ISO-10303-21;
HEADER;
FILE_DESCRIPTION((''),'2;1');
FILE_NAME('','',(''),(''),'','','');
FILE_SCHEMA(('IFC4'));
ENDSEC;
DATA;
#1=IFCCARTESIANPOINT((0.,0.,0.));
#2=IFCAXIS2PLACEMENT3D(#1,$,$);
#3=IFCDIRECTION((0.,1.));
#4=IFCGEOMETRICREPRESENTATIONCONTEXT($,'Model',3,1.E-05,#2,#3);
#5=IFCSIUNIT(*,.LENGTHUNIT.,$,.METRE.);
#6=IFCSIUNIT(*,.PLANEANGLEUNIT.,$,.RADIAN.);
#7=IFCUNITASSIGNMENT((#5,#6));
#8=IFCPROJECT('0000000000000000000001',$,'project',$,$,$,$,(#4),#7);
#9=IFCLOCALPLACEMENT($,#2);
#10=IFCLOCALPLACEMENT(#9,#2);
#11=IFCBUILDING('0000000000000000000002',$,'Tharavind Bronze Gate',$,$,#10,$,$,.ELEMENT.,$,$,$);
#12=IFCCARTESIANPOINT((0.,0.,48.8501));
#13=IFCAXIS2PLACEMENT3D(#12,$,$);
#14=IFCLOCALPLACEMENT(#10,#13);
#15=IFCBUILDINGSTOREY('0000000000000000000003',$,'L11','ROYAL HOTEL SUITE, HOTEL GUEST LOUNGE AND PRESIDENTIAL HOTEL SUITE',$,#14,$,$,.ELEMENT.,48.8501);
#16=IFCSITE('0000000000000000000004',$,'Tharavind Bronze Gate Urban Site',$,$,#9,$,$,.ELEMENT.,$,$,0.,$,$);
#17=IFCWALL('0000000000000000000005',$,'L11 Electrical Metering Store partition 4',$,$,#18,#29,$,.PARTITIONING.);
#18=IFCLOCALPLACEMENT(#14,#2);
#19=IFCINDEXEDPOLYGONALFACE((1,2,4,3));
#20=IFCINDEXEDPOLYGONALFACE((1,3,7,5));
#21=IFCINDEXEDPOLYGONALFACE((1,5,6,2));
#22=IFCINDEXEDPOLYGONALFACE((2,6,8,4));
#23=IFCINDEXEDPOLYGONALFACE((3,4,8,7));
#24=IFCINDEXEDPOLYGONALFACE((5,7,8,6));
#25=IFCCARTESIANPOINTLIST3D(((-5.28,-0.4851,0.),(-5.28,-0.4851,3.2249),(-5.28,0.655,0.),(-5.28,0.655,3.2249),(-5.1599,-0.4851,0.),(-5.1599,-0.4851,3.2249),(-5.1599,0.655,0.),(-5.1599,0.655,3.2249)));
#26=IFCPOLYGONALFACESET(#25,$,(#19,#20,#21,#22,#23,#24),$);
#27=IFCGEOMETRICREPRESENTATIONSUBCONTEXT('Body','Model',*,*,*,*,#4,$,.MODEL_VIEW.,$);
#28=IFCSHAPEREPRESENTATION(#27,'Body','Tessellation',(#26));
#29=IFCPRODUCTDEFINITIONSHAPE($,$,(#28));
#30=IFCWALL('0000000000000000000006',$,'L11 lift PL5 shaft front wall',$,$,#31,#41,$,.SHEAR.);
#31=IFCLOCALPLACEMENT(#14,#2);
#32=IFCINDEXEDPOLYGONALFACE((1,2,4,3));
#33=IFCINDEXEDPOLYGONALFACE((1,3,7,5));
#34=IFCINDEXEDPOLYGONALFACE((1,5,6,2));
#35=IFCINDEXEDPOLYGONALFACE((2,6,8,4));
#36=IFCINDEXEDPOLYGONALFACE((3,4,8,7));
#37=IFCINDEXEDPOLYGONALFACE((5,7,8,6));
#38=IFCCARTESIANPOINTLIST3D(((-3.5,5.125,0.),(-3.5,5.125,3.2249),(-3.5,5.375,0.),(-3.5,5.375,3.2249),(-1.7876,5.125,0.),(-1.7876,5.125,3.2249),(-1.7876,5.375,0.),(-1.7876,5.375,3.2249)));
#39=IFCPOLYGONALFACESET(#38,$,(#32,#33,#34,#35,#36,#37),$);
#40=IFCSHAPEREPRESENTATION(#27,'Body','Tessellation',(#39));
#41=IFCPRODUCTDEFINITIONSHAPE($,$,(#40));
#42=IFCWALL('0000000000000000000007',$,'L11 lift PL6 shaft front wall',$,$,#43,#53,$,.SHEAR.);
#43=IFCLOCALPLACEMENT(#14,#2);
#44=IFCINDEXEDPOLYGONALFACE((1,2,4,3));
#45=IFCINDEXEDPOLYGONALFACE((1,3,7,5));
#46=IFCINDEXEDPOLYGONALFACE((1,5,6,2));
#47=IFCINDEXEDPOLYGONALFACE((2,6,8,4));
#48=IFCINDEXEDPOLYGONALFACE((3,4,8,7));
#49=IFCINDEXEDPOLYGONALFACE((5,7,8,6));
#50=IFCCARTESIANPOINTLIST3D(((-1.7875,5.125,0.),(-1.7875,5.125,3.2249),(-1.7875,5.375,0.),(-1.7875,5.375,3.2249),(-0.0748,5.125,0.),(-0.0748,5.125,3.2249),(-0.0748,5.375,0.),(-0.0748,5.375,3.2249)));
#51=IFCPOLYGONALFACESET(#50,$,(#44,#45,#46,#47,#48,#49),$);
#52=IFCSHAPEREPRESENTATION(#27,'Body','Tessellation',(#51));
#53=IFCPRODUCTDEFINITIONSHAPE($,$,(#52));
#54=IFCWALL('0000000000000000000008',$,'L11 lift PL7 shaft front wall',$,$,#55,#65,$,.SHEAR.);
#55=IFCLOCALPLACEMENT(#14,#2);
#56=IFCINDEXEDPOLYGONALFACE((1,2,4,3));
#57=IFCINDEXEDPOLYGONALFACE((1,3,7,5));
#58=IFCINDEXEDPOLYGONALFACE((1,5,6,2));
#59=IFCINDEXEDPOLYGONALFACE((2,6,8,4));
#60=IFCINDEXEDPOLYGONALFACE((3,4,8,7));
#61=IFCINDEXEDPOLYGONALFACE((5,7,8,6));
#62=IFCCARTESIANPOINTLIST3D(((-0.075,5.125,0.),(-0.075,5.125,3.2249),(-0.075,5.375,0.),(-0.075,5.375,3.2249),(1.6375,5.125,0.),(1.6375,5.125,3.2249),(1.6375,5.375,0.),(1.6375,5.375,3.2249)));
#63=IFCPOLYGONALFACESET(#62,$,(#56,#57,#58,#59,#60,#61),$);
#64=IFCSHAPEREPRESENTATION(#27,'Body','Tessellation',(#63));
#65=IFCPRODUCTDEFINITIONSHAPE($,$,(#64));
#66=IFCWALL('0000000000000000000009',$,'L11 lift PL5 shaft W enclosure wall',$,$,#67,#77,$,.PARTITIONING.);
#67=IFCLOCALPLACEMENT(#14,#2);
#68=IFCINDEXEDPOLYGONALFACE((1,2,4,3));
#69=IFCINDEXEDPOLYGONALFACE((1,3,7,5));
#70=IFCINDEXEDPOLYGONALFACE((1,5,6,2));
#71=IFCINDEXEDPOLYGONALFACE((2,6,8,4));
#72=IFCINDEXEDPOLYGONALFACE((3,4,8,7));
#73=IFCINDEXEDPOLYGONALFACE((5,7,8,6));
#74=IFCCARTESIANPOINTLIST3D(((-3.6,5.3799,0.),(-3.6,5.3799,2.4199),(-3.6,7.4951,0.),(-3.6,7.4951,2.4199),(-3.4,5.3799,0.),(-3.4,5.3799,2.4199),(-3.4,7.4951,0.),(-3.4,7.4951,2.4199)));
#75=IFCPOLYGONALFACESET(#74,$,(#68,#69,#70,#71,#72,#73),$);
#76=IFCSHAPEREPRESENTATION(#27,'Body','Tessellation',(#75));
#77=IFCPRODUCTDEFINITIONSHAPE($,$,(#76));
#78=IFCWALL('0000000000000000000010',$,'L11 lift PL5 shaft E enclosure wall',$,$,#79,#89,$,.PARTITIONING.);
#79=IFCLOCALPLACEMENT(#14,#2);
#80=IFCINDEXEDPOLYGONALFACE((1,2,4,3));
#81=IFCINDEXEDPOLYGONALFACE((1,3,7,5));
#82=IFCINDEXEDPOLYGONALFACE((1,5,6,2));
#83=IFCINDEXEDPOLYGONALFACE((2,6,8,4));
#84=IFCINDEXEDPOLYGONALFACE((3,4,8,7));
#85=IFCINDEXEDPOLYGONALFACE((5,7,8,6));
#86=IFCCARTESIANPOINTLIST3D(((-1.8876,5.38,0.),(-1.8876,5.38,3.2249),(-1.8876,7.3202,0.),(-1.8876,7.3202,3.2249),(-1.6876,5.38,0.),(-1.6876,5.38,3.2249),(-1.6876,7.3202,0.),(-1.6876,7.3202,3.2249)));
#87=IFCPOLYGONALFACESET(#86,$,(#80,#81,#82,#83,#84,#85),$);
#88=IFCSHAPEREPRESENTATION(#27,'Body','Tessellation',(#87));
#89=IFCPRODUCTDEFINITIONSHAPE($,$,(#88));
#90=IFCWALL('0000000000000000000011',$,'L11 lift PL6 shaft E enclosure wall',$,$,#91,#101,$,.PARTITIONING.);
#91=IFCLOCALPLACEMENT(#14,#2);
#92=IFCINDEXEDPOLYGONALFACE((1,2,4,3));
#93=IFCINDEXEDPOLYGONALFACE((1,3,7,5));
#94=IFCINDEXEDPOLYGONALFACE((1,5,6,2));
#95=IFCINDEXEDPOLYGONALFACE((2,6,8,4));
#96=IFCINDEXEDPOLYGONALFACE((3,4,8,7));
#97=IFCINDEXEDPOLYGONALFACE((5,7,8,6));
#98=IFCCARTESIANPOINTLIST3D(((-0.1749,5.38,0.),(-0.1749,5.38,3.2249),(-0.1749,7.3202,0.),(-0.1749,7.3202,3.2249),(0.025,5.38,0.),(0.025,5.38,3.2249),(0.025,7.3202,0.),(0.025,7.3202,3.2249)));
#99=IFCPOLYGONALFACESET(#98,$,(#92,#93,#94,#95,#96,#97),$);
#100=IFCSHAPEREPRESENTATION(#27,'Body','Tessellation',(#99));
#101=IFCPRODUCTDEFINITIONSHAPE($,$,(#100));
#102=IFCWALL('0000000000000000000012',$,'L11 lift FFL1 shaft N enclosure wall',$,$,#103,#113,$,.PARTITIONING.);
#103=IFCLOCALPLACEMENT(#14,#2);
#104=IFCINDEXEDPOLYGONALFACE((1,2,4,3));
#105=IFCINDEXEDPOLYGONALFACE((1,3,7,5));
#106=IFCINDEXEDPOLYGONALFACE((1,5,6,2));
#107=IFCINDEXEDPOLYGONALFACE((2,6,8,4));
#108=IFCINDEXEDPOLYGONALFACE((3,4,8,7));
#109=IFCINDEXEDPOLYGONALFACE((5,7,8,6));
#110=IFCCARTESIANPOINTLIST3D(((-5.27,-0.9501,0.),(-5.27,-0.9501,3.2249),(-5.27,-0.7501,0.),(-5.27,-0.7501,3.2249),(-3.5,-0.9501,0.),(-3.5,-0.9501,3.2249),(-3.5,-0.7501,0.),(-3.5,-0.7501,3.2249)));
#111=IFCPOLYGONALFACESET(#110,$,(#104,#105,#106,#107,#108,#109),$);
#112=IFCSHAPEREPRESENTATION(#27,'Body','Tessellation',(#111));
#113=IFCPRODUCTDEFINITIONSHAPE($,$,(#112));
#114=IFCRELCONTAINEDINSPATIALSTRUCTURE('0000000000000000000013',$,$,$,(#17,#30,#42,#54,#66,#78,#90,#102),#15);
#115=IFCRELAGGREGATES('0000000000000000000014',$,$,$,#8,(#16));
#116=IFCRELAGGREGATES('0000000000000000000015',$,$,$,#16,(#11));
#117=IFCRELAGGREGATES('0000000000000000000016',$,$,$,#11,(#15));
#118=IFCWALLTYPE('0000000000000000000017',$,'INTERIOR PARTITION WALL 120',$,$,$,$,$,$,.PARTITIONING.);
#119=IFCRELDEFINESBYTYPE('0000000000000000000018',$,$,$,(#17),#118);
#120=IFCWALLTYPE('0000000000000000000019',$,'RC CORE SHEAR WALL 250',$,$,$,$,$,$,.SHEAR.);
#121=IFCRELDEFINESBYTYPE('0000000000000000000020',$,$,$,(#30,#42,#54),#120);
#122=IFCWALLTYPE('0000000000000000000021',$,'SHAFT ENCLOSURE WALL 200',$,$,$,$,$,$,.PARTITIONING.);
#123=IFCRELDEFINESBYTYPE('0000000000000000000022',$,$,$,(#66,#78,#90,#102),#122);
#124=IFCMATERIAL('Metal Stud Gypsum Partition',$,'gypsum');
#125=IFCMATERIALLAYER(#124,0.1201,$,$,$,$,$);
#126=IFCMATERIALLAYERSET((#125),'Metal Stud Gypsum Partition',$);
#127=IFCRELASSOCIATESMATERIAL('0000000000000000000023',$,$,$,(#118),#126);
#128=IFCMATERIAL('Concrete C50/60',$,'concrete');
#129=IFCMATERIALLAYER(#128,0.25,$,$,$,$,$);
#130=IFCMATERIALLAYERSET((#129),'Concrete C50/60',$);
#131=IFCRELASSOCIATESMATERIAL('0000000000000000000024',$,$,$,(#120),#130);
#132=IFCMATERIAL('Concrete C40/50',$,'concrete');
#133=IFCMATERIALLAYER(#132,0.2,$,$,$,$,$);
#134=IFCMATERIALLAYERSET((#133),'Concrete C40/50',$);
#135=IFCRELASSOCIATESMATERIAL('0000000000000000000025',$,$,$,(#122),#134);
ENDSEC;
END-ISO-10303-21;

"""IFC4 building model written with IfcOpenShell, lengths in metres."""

from ifc_helpers import new_model, si_unit, direction, frame, frame_2d, origin, place, context, subcontext, project, spatial, rectangle, extrude, material, layer, layer_set, type_object, element, save


model = new_model("IFC4")

# Units and contexts
model_context = context("Model", 3, precision=1e-05, world=origin(), true_north=direction((0.0, 1.0)))
body_context = subcontext(model_context, "Body", "Model", "MODEL_VIEW")
ifc_project = project(units=[si_unit("LENGTHUNIT", "METRE"), si_unit("PLANEANGLEUNIT", "RADIAN")], contexts=[model_context])

# Site, building, storey
site_placement = place(None, origin())
site = spatial("IfcSite", under=ifc_project, at=site_placement, Name="Tharavind Bronze Gate Urban Site", CompositionType="ELEMENT", RefElevation=0.0)
building_placement = place(site_placement, origin())
building = spatial("IfcBuilding", under=site, at=building_placement, Name="Tharavind Bronze Gate", CompositionType="ELEMENT")
storey_placement = place(building_placement, frame((0.0, 0.0, 48.8501)))
storey = spatial("IfcBuildingStorey", under=building, at=storey_placement, Name="L11", Description="ROYAL HOTEL SUITE, HOTEL GUEST LOUNGE AND PRESIDENTIAL HOTEL SUITE", CompositionType="ELEMENT", Elevation=48.8501)

# Shared definitions
ifc_material_1 = material(Name="Concrete C40/50", Category="concrete")

# Shared definitions
ifc_material_2 = material(Name="Metal Stud Gypsum Partition", Category="gypsum")
ifc_layer_1 = layer(ifc_material_2, 0.1201)
ifc_layer_set_1 = layer_set([ifc_layer_1], Name="Metal Stud Gypsum Partition")
wall_type_1 = type_object("IfcWallType", Name="INTERIOR PARTITION WALL 120", PredefinedType="PARTITIONING", material=ifc_layer_set_1)

# Walls
wall_1_placement = place(storey_placement, frame((-5.22, 0.655, 0.0), z_axis=(0.0, 0.0, 1.0), x_axis=(0.0, -1.0, 0.0)))
element("IfcWall", 1, at=wall_1_placement, inside=storey, type_object=wall_type_1, Name="L11 Electrical Metering Store partition 4", PredefinedType="PARTITIONING", context=body_context, shape_type="SweptSolid", body=[
    extrude(rectangle(XDim=1.1401, YDim=0.1201, at=frame_2d((0.5701, 0.0))), origin(), (0.0, 0.0, 1.0), 3.2249),
])
ifc_material_3 = material(Name="Concrete C50/60", Category="concrete")
ifc_layer_2 = layer(ifc_material_3, 0.25)
ifc_layer_set_2 = layer_set([ifc_layer_2], Name="Concrete C50/60")
wall_type_2 = type_object("IfcWallType", Name="RC CORE SHEAR WALL 250", PredefinedType="SHEAR", material=ifc_layer_set_2)
wall_2_placement = place(storey_placement, frame((-3.5, 5.25, 0.0), z_axis=(0.0, 0.0, 1.0), x_axis=(1.0, 0.0, 0.0)))
element("IfcWall", 2, at=wall_2_placement, inside=storey, type_object=wall_type_2, Name="L11 lift PL5 shaft front wall", PredefinedType="SHEAR", context=body_context, shape_type="SweptSolid", body=[
    extrude(rectangle(XDim=1.7124, YDim=0.25, at=frame_2d((0.8562, 0.0))), origin(), (0.0, 0.0, 1.0), 3.2249),
])
wall_3_placement = place(storey_placement, frame((-1.7876, 5.25, 0.0), z_axis=(0.0, 0.0, 1.0), x_axis=(1.0, 0.0, 0.0)))
element("IfcWall", 3, at=wall_3_placement, inside=storey, type_object=wall_type_2, Name="L11 lift PL6 shaft front wall", PredefinedType="SHEAR", context=body_context, shape_type="SweptSolid", body=[
    extrude(rectangle(XDim=1.7126, YDim=0.25, at=frame_2d((0.8564, 0.0))), origin(), (0.0, 0.0, 1.0), 3.2249),
])
wall_4_placement = place(storey_placement, frame((-0.075, 5.25, 0.0), z_axis=(0.0, 0.0, 1.0), x_axis=(1.0, 0.0, 0.0)))
element("IfcWall", 4, at=wall_4_placement, inside=storey, type_object=wall_type_2, Name="L11 lift PL7 shaft front wall", PredefinedType="SHEAR", context=body_context, shape_type="SweptSolid", body=[
    extrude(rectangle(XDim=1.7124, YDim=0.25, at=frame_2d((0.8562, 0.0))), origin(), (0.0, 0.0, 1.0), 3.2249),
])
ifc_layer_3 = layer(ifc_material_1, 0.2)
ifc_layer_set_3 = layer_set([ifc_layer_3], Name="Concrete C40/50")
wall_type_3 = type_object("IfcWallType", Name="SHAFT ENCLOSURE WALL 200", PredefinedType="PARTITIONING", material=ifc_layer_set_3)
wall_5_placement = place(storey_placement, frame((-3.5, 5.3799, 0.0), z_axis=(0.0, 0.0, 1.0), x_axis=(0.0, 1.0, 0.0)))
element("IfcWall", 5, at=wall_5_placement, inside=storey, type_object=wall_type_3, Name="L11 lift PL5 shaft W enclosure wall", PredefinedType="PARTITIONING", context=body_context, shape_type="SweptSolid", body=[
    extrude(rectangle(XDim=2.1152, YDim=0.2, at=frame_2d((1.0576, 0.0))), origin(), (0.0, 0.0, 1.0), 2.4199),
])
for number, where, z_axis, x_axis, name in (
    (6, (-1.7876, 5.3799, 0.0), (0.0, 0.0, 1.0), (0.0, 1.0, 0.0), "L11 lift PL5 shaft E enclosure wall"),
    (7, (-0.075, 5.3799, 0.0), (0.0, 0.0, 1.0), (0.0, 1.0, 0.0), "L11 lift PL6 shaft E enclosure wall"),
):
    element("IfcWall", number, at=place(storey_placement, frame(where, z_axis=z_axis, x_axis=x_axis)), inside=storey, type_object=wall_type_3, Name=name, PredefinedType="PARTITIONING", context=body_context, shape_type="SweptSolid", body=[
        extrude(rectangle(XDim=1.9402, YDim=0.2, at=frame_2d((0.9702, 0.0))), origin(), (0.0, 0.0, 1.0), 3.2249),
    ])
wall_6_placement = place(storey_placement, frame((-5.27, -0.8501, 0.0), z_axis=(0.0, 0.0, 1.0), x_axis=(1.0, 0.0, 0.0)))
element("IfcWall", 8, at=wall_6_placement, inside=storey, type_object=wall_type_3, Name="L11 lift FFL1 shaft N enclosure wall", PredefinedType="PARTITIONING", context=body_context, shape_type="SweptSolid", body=[
    extrude(rectangle(XDim=1.77, YDim=0.2, at=frame_2d((0.885, 0.0))), origin(), (0.0, 0.0, 1.0), 3.2249),
])

save(model, "model.ifc")
